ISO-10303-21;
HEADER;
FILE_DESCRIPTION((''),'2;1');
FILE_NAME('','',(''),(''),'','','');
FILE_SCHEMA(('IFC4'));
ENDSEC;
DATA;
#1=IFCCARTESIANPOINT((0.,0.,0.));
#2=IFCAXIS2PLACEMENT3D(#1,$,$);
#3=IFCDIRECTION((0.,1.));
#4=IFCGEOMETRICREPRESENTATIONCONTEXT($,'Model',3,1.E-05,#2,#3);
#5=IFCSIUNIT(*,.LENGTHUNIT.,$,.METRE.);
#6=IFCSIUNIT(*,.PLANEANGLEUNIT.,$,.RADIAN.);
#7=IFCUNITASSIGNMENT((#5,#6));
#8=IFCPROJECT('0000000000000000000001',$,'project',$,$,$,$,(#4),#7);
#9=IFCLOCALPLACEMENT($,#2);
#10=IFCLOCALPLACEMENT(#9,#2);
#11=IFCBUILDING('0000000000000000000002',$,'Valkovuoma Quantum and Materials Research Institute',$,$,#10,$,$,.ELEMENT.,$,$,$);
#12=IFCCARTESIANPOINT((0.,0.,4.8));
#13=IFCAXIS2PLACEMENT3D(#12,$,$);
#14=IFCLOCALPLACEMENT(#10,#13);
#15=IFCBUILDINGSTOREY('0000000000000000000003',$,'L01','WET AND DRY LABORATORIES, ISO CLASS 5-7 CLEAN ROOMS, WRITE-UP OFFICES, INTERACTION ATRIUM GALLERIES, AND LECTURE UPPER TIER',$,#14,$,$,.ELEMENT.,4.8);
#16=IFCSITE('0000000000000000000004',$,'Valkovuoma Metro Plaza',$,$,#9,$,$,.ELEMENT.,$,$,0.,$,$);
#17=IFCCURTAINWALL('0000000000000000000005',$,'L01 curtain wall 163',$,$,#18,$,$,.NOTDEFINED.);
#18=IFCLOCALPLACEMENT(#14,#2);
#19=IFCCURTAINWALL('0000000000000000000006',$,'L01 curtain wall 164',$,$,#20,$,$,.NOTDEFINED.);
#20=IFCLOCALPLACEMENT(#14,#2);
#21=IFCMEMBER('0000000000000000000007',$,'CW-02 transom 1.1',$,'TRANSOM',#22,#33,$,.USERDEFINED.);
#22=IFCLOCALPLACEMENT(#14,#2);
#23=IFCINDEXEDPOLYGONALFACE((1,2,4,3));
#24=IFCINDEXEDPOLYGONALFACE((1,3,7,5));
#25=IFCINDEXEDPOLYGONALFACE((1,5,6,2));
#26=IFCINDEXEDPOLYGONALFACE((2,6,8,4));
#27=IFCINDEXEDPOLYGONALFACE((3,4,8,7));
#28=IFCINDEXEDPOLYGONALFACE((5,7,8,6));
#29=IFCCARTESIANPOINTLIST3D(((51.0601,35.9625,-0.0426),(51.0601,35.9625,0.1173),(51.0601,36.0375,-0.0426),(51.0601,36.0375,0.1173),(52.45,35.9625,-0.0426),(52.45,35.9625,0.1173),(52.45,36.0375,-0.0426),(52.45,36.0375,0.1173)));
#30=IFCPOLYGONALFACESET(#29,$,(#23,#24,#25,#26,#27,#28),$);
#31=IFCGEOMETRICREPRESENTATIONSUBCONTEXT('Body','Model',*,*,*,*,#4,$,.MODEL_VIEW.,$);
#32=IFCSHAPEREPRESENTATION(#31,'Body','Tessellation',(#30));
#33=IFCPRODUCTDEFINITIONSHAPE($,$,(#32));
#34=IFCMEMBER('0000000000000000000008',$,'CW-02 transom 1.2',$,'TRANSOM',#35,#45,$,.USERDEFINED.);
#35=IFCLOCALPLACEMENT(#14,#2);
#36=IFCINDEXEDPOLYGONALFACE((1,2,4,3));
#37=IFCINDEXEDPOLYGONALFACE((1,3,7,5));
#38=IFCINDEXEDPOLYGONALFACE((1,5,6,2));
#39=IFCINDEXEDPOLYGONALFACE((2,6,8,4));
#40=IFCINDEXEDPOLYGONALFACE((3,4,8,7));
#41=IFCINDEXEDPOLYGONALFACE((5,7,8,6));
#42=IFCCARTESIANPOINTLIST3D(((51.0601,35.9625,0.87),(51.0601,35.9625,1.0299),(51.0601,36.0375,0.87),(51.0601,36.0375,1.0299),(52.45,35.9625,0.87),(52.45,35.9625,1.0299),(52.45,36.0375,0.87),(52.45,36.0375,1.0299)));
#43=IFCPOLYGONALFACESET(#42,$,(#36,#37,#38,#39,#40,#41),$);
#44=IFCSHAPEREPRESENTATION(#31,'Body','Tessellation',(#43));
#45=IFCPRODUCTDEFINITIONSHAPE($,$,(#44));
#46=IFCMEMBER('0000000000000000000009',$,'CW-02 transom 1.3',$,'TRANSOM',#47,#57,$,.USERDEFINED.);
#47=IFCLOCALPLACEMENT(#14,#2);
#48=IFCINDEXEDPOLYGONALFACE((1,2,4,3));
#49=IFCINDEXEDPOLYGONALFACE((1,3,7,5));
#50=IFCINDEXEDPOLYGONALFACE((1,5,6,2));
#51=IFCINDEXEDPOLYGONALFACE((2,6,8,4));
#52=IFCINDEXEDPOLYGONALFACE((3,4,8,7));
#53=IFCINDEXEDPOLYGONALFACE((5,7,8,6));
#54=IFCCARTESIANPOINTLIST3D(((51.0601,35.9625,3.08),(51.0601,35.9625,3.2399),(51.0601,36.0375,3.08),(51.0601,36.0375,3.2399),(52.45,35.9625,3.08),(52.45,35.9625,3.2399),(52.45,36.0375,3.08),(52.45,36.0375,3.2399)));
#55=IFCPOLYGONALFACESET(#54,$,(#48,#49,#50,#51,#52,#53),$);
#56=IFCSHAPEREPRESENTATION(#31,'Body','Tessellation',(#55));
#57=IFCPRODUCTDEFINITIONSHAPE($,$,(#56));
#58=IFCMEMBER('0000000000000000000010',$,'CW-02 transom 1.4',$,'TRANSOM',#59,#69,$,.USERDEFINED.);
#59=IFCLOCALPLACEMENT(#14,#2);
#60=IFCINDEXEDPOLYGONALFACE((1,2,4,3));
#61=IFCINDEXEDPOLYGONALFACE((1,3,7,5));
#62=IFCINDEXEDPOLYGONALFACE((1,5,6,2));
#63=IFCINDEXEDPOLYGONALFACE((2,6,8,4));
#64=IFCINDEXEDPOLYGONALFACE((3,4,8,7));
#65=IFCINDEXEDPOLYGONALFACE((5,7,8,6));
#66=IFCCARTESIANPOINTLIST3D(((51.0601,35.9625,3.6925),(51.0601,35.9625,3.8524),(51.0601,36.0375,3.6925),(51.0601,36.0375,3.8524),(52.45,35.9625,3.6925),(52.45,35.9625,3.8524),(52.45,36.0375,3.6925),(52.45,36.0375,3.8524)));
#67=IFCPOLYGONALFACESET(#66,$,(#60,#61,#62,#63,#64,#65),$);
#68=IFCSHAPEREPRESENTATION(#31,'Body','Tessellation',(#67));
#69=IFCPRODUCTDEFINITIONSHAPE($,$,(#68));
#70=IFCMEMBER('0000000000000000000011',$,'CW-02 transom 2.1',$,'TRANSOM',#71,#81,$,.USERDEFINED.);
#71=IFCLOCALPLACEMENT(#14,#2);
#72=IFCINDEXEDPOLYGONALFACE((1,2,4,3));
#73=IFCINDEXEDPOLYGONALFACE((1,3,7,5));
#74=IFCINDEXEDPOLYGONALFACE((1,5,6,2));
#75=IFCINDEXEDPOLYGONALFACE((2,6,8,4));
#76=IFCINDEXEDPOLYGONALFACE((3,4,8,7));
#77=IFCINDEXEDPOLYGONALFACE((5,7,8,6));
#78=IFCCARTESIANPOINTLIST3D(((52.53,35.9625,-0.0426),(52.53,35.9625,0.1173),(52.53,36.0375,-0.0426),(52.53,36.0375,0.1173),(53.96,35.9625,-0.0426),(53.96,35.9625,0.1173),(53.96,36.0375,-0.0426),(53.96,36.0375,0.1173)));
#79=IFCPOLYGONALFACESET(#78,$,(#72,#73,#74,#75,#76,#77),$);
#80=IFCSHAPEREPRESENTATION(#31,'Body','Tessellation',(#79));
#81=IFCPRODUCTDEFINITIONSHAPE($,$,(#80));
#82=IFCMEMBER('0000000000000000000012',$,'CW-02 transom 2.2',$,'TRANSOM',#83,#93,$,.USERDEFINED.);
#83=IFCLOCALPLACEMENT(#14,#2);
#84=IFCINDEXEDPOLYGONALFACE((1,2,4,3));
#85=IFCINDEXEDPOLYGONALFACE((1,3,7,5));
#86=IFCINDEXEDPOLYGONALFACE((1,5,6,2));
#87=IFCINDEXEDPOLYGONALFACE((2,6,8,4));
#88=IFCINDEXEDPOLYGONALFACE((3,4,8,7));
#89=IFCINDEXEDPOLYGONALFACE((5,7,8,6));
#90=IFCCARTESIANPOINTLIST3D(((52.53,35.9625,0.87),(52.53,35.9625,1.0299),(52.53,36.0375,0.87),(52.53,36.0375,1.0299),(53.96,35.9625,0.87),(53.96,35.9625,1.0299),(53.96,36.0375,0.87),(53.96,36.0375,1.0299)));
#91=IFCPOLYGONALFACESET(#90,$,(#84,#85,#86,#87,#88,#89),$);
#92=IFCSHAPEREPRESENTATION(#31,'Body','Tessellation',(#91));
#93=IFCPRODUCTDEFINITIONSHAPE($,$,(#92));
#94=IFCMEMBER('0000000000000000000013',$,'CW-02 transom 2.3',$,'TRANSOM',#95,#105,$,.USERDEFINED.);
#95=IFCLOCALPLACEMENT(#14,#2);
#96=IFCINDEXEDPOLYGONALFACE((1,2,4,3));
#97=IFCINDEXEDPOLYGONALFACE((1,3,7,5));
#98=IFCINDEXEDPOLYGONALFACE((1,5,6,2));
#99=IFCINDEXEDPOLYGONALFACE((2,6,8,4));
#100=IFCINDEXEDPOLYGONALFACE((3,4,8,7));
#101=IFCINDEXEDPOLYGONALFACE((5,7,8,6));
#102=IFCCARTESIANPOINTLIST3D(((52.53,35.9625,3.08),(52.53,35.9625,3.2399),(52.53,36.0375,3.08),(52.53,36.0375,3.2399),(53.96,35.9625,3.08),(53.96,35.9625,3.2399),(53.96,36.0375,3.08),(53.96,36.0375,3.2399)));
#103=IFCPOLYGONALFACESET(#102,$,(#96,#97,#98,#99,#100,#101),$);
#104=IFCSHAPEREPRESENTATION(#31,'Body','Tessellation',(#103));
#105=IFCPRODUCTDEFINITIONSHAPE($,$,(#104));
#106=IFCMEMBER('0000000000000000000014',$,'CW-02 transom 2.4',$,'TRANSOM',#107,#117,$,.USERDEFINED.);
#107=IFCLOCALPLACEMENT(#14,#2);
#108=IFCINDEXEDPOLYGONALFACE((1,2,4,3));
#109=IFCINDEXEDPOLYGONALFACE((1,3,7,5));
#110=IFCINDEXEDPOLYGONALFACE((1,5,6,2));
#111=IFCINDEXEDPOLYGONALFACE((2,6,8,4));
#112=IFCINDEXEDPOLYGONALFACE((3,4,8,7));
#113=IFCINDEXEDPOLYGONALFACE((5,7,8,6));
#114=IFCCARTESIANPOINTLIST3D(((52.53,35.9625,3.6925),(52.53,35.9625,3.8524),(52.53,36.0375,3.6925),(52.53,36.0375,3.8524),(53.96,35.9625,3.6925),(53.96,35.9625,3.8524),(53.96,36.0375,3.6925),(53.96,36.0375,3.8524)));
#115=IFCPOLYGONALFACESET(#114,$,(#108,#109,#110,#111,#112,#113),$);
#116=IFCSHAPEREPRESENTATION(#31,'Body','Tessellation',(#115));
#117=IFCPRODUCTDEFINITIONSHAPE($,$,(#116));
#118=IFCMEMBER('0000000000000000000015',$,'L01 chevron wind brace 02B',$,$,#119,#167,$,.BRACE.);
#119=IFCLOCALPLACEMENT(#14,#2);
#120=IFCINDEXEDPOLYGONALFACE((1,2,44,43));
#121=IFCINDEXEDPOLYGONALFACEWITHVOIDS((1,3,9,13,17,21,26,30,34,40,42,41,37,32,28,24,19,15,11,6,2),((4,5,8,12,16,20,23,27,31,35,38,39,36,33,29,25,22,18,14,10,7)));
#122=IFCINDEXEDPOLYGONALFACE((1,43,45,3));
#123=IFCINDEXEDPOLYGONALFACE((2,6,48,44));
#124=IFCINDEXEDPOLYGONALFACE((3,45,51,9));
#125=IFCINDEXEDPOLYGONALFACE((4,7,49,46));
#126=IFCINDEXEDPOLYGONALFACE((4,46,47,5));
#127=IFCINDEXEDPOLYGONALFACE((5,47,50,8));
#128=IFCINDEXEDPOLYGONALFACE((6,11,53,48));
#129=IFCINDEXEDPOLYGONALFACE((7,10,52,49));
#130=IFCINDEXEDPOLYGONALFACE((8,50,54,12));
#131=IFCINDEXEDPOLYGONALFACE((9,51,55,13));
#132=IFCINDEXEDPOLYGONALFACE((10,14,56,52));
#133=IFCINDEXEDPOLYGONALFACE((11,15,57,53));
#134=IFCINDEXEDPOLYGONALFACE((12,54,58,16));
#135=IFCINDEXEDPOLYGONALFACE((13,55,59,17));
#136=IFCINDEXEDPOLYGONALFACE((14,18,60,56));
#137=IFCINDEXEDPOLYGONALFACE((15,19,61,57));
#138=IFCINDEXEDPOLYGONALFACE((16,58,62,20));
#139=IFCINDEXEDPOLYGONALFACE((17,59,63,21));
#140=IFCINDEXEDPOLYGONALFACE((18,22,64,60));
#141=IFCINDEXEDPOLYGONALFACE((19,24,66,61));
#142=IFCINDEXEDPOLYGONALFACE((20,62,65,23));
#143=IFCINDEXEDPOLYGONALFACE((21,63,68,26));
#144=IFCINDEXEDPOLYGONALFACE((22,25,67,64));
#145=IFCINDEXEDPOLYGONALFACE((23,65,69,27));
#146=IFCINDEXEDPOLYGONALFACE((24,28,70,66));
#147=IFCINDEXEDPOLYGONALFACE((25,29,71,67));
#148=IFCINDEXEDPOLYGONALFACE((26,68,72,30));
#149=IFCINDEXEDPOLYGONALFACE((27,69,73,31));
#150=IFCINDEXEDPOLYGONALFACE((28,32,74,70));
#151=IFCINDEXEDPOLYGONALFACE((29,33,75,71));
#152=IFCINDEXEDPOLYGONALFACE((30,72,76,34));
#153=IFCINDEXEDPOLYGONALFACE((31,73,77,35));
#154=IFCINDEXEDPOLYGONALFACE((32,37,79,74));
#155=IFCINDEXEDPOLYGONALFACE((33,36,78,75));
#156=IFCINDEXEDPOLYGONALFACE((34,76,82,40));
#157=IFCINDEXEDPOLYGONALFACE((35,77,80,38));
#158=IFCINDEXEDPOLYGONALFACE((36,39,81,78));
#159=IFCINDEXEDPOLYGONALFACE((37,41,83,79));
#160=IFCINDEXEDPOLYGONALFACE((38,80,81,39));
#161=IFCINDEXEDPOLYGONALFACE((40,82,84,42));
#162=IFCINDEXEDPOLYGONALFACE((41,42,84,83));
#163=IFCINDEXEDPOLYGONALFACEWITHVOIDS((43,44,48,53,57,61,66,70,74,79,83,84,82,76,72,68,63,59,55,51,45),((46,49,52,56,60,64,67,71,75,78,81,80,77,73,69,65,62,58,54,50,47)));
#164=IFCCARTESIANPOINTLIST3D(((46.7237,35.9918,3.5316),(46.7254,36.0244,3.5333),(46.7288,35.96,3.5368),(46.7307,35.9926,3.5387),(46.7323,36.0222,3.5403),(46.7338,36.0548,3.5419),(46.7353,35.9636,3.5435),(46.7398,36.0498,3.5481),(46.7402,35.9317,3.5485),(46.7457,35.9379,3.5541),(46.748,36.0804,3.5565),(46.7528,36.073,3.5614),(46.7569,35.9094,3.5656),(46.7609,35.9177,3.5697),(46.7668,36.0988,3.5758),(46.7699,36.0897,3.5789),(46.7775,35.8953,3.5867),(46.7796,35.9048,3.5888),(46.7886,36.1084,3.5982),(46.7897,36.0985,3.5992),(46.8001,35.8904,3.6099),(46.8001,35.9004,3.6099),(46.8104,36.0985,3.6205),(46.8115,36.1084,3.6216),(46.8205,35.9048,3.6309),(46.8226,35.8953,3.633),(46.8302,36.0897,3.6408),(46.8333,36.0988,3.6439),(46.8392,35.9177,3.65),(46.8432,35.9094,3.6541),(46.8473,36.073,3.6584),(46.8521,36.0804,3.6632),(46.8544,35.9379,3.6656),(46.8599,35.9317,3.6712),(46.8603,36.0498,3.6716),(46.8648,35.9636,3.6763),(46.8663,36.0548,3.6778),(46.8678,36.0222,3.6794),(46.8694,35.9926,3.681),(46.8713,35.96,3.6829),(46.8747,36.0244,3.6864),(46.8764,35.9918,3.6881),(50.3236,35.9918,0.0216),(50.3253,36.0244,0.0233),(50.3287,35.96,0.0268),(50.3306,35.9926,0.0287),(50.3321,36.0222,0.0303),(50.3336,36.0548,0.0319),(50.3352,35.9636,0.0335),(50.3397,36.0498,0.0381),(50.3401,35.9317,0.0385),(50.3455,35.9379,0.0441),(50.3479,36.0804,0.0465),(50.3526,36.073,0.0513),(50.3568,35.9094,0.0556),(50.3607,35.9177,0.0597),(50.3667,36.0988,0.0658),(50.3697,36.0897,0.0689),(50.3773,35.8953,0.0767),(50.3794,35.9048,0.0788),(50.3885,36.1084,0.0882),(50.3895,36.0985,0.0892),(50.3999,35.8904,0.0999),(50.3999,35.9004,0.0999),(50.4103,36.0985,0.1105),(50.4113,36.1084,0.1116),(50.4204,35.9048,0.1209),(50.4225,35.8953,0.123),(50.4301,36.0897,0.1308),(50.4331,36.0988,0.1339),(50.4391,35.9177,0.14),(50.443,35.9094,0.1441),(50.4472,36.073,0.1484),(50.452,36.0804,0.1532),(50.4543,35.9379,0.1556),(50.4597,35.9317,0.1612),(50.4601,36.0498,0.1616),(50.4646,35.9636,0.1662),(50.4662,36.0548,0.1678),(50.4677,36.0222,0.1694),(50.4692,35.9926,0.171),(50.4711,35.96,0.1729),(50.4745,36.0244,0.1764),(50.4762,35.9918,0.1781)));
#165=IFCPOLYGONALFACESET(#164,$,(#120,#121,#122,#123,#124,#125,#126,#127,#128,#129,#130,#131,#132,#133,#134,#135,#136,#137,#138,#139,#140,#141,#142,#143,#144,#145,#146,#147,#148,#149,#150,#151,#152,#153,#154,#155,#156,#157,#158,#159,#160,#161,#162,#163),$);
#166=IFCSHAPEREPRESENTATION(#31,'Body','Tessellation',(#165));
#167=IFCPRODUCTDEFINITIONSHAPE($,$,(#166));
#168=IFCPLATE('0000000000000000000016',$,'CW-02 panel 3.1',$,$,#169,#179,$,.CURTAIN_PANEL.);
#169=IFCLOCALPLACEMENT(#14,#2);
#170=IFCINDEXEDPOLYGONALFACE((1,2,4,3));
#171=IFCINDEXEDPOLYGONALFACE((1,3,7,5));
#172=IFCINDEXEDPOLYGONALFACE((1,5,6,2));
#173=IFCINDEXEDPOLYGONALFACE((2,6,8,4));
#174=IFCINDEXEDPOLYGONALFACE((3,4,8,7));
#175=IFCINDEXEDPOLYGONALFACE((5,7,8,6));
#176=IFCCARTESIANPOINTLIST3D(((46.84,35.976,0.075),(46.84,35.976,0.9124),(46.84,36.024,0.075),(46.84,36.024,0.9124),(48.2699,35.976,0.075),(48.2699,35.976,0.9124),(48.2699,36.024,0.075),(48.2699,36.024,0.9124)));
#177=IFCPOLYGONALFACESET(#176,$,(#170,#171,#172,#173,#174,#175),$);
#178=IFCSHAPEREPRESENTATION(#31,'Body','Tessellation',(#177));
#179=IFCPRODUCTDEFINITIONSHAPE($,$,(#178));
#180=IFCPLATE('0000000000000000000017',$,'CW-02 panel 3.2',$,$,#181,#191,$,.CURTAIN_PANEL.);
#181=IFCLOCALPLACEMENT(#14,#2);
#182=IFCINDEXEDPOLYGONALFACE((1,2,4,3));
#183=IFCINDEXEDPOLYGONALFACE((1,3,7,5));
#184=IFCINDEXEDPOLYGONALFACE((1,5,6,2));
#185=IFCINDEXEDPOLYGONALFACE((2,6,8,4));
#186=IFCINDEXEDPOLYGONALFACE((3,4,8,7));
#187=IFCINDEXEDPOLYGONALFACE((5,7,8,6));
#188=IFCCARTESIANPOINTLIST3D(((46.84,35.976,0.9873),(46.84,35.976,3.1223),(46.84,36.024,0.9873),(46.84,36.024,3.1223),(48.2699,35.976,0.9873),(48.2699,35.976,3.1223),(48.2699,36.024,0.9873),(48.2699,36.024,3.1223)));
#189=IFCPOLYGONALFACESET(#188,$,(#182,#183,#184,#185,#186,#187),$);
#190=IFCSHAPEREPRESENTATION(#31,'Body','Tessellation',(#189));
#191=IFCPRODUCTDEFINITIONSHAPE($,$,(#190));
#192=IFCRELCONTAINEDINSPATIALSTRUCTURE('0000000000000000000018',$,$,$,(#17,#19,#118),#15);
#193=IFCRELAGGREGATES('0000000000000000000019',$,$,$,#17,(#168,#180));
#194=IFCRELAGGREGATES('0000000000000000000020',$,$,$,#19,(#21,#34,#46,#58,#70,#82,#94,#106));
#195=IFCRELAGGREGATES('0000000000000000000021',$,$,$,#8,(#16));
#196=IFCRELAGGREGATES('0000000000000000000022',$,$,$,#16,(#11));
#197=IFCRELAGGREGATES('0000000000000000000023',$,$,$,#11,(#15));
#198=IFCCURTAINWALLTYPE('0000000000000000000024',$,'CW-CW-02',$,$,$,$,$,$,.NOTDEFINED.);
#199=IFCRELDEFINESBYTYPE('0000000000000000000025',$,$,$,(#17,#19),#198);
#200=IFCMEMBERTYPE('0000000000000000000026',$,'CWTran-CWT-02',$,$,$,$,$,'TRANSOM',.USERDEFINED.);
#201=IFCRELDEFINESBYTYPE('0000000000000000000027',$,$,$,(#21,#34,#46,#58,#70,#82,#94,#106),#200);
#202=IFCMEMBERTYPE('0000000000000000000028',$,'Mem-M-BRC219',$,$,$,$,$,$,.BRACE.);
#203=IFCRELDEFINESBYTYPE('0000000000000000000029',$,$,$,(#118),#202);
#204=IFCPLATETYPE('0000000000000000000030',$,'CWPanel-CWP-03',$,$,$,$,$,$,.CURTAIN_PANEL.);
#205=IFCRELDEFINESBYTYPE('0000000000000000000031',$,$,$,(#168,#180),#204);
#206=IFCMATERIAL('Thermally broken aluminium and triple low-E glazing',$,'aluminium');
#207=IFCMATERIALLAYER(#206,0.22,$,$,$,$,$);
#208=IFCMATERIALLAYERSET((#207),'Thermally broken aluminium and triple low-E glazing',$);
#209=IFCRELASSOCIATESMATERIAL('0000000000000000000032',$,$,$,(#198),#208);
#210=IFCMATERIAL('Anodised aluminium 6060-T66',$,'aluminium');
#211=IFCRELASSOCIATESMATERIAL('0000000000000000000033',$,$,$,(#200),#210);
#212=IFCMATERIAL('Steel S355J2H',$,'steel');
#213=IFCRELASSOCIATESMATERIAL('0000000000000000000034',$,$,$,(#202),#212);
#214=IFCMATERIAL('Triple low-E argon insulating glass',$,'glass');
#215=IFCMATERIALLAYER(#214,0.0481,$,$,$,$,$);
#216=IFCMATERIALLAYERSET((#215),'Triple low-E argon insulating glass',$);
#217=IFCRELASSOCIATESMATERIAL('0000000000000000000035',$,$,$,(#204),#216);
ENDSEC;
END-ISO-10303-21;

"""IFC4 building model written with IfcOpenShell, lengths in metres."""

from ifc_helpers import new_model, si_unit, direction, frame, origin, origin_2d, place, context, subcontext, project, spatial, rectangle, hollow_circle, extrude, material, layer, layer_set, material_profile, profile_set, type_object, element, aggregate, save


model = new_model("IFC4")

# Units and contexts
model_context = context("Model", 3, precision=1e-05, world=origin(), true_north=direction((0.0, 1.0)))
body_context = subcontext(model_context, "Body", "Model", "MODEL_VIEW")
ifc_project = project(units=[si_unit("LENGTHUNIT", "METRE"), si_unit("PLANEANGLEUNIT", "RADIAN")], contexts=[model_context])

# Site, building, storey
site_placement = place(None, origin())
site = spatial("IfcSite", under=ifc_project, at=site_placement, Name="Valkovuoma Metro Plaza", CompositionType="ELEMENT", RefElevation=0.0)
building_placement = place(site_placement, origin())
building = spatial("IfcBuilding", under=site, at=building_placement, Name="Valkovuoma Quantum and Materials Research Institute", CompositionType="ELEMENT")
storey_placement = place(building_placement, frame((0.0, 0.0, 4.8)))
storey = spatial("IfcBuildingStorey", under=building, at=storey_placement, Name="L01", Description="WET AND DRY LABORATORIES, ISO CLASS 5-7 CLEAN ROOMS, WRITE-UP OFFICES, INTERACTION ATRIUM GALLERIES, AND LECTURE UPPER TIER", CompositionType="ELEMENT", Elevation=4.8)

# Curtain walls
ifc_material_1 = material(Name="Thermally broken aluminium and triple low-E glazing", Category="aluminium")
ifc_layer_1 = layer(ifc_material_1, 0.22)
ifc_layer_set_1 = layer_set([ifc_layer_1], Name="Thermally broken aluminium and triple low-E glazing")
curtain_wall_type = type_object("IfcCurtainWallType", Name="CW-CW-02", PredefinedType="NOTDEFINED", material=ifc_layer_set_1)
curtain_wall_1_placement = place(storey_placement, origin())
curtain_wall_1 = element("IfcCurtainWall", 1, at=curtain_wall_1_placement, inside=storey, type_object=curtain_wall_type, Name="L01 curtain wall 163", PredefinedType="NOTDEFINED")
curtain_wall_2_placement = place(storey_placement, origin())
curtain_wall_2 = element("IfcCurtainWall", 2, at=curtain_wall_2_placement, inside=storey, type_object=curtain_wall_type, Name="L01 curtain wall 164", PredefinedType="NOTDEFINED")

# Members
ifc_material_2 = material(Name="Anodised aluminium 6060-T66", Category="aluminium")
ifc_material_profile_1 = material_profile(ifc_material_2, rectangle(XDim=0.075, YDim=0.1599, at=origin_2d()), Name="Anodised aluminium 6060-T66")
ifc_profile_set_1 = profile_set([ifc_material_profile_1], Name="Anodised aluminium 6060-T66")
member_type_1 = type_object("IfcMemberType", Name="CWTran-CWT-02", ElementType="TRANSOM", PredefinedType="USERDEFINED", material=ifc_profile_set_1)
member_1_placement = place(storey_placement, frame((51.0601, 36.0, 0.0374), z_axis=(1.0, 0.0, 0.0), x_axis=(0.0, 1.0, 0.0)))
member_1 = element("IfcMember", 3, at=member_1_placement, type_object=member_type_1, Name="CW-02 transom 1.1", ObjectType="TRANSOM", PredefinedType="USERDEFINED", context=body_context, shape_type="SweptSolid", body=[
    extrude(rectangle(XDim=0.075, YDim=0.1599, at=origin_2d()), origin(), (0.0, 0.0, 1.0), 1.3899),
])
member_2_placement = place(storey_placement, frame((51.0601, 36.0, 0.95), z_axis=(1.0, 0.0, 0.0), x_axis=(0.0, 1.0, 0.0)))
member_2 = element("IfcMember", 4, at=member_2_placement, type_object=member_type_1, Name="CW-02 transom 1.2", ObjectType="TRANSOM", PredefinedType="USERDEFINED", context=body_context, shape_type="SweptSolid", body=[
    extrude(rectangle(XDim=0.075, YDim=0.1599, at=origin_2d()), origin(), (0.0, 0.0, 1.0), 1.3899),
])
member_3_placement = place(storey_placement, frame((51.0601, 36.0, 3.1599), z_axis=(1.0, 0.0, 0.0), x_axis=(0.0, 1.0, 0.0)))
member_3 = element("IfcMember", 5, at=member_3_placement, type_object=member_type_1, Name="CW-02 transom 1.3", ObjectType="TRANSOM", PredefinedType="USERDEFINED", context=body_context, shape_type="SweptSolid", body=[
    extrude(rectangle(XDim=0.075, YDim=0.1599, at=origin_2d()), origin(), (0.0, 0.0, 1.0), 1.3899),
])
member_4_placement = place(storey_placement, frame((51.0601, 36.0, 3.7725), z_axis=(1.0, 0.0, 0.0), x_axis=(0.0, 1.0, 0.0)))
member_4 = element("IfcMember", 6, at=member_4_placement, type_object=member_type_1, Name="CW-02 transom 1.4", ObjectType="TRANSOM", PredefinedType="USERDEFINED", context=body_context, shape_type="SweptSolid", body=[
    extrude(rectangle(XDim=0.075, YDim=0.1599, at=origin_2d()), origin(), (0.0, 0.0, 1.0), 1.3899),
])
member_5_placement = place(storey_placement, frame((52.53, 36.0, 0.0374), z_axis=(1.0, 0.0, 0.0), x_axis=(0.0, 1.0, 0.0)))
member_5 = element("IfcMember", 7, at=member_5_placement, type_object=member_type_1, Name="CW-02 transom 2.1", ObjectType="TRANSOM", PredefinedType="USERDEFINED", context=body_context, shape_type="SweptSolid", body=[
    extrude(rectangle(XDim=0.075, YDim=0.1599, at=origin_2d()), origin(), (0.0, 0.0, 1.0), 1.4299),
])
member_6_placement = place(storey_placement, frame((52.53, 36.0, 0.95), z_axis=(1.0, 0.0, 0.0), x_axis=(0.0, 1.0, 0.0)))
member_6 = element("IfcMember", 8, at=member_6_placement, type_object=member_type_1, Name="CW-02 transom 2.2", ObjectType="TRANSOM", PredefinedType="USERDEFINED", context=body_context, shape_type="SweptSolid", body=[
    extrude(rectangle(XDim=0.075, YDim=0.1599, at=origin_2d()), origin(), (0.0, 0.0, 1.0), 1.4299),
])
member_7_placement = place(storey_placement, frame((52.53, 36.0, 3.1599), z_axis=(1.0, 0.0, 0.0), x_axis=(0.0, 1.0, 0.0)))
member_7 = element("IfcMember", 9, at=member_7_placement, type_object=member_type_1, Name="CW-02 transom 2.3", ObjectType="TRANSOM", PredefinedType="USERDEFINED", context=body_context, shape_type="SweptSolid", body=[
    extrude(rectangle(XDim=0.075, YDim=0.1599, at=origin_2d()), origin(), (0.0, 0.0, 1.0), 1.4299),
])
member_8_placement = place(storey_placement, frame((52.53, 36.0, 3.7725), z_axis=(1.0, 0.0, 0.0), x_axis=(0.0, 1.0, 0.0)))
member_8 = element("IfcMember", 10, at=member_8_placement, type_object=member_type_1, Name="CW-02 transom 2.4", ObjectType="TRANSOM", PredefinedType="USERDEFINED", context=body_context, shape_type="SweptSolid", body=[
    extrude(rectangle(XDim=0.075, YDim=0.1599, at=origin_2d()), origin(), (0.0, 0.0, 1.0), 1.4299),
])
ifc_material_3 = material(Name="Steel S355J2H", Category="steel")
ifc_material_profile_2 = material_profile(ifc_material_3, hollow_circle(Radius=0.1096, WallThickness=0.01, at=origin_2d()), Name="Steel S355J2H")
ifc_profile_set_2 = profile_set([ifc_material_profile_2], Name="Steel S355J2H")
member_type_2 = type_object("IfcMemberType", Name="Mem-M-BRC219", PredefinedType="BRACE", material=ifc_profile_set_2)
member_9_placement = place(storey_placement, frame((50.3999, 36.0, 0.0999), z_axis=(-0.715985, 0.0, 0.698116), x_axis=(0.0, -1.0, 0.0)))
element("IfcMember", 11, at=member_9_placement, inside=storey, type_object=member_type_2, Name="L01 chevron wind brace 02B", PredefinedType="BRACE", context=body_context, shape_type="SweptSolid", body=[
    extrude(hollow_circle(Radius=0.1096, WallThickness=0.01, at=origin_2d()), origin(), (0.0, 0.0, 1.0), 5.0278),
])

# Plates
ifc_material_4 = material(Name="Triple low-E argon insulating glass", Category="glass")
ifc_layer_2 = layer(ifc_material_4, 0.0481)
ifc_layer_set_2 = layer_set([ifc_layer_2], Name="Triple low-E argon insulating glass")
plate_type = type_object("IfcPlateType", Name="CWPanel-CWP-03", PredefinedType="CURTAIN_PANEL", material=ifc_layer_set_2)
plate_1_placement = place(storey_placement, frame((47.5549, 36.0, 0.075), z_axis=(0.0, 0.0, 1.0), x_axis=(1.0, 0.0, 0.0)))
plate_1 = element("IfcPlate", 12, at=plate_1_placement, type_object=plate_type, Name="CW-02 panel 3.1", PredefinedType="CURTAIN_PANEL", context=body_context, shape_type="SweptSolid", body=[
    extrude(rectangle(XDim=1.4299, YDim=0.0481, at=origin_2d()), origin(), (0.0, 0.0, 1.0), 0.8374),
])
plate_2_placement = place(storey_placement, frame((47.5549, 36.0, 0.9873), z_axis=(0.0, 0.0, 1.0), x_axis=(1.0, 0.0, 0.0)))
plate_2 = element("IfcPlate", 13, at=plate_2_placement, type_object=plate_type, Name="CW-02 panel 3.2", PredefinedType="CURTAIN_PANEL", context=body_context, shape_type="SweptSolid", body=[
    extrude(rectangle(XDim=1.4299, YDim=0.0481, at=origin_2d()), origin(), (0.0, 0.0, 1.0), 2.135),
])
aggregate(curtain_wall_1, [plate_1, plate_2])
aggregate(curtain_wall_2, [member_1, member_2, member_3, member_4, member_5, member_6, member_7, member_8])

save(model, "model.ifc")
